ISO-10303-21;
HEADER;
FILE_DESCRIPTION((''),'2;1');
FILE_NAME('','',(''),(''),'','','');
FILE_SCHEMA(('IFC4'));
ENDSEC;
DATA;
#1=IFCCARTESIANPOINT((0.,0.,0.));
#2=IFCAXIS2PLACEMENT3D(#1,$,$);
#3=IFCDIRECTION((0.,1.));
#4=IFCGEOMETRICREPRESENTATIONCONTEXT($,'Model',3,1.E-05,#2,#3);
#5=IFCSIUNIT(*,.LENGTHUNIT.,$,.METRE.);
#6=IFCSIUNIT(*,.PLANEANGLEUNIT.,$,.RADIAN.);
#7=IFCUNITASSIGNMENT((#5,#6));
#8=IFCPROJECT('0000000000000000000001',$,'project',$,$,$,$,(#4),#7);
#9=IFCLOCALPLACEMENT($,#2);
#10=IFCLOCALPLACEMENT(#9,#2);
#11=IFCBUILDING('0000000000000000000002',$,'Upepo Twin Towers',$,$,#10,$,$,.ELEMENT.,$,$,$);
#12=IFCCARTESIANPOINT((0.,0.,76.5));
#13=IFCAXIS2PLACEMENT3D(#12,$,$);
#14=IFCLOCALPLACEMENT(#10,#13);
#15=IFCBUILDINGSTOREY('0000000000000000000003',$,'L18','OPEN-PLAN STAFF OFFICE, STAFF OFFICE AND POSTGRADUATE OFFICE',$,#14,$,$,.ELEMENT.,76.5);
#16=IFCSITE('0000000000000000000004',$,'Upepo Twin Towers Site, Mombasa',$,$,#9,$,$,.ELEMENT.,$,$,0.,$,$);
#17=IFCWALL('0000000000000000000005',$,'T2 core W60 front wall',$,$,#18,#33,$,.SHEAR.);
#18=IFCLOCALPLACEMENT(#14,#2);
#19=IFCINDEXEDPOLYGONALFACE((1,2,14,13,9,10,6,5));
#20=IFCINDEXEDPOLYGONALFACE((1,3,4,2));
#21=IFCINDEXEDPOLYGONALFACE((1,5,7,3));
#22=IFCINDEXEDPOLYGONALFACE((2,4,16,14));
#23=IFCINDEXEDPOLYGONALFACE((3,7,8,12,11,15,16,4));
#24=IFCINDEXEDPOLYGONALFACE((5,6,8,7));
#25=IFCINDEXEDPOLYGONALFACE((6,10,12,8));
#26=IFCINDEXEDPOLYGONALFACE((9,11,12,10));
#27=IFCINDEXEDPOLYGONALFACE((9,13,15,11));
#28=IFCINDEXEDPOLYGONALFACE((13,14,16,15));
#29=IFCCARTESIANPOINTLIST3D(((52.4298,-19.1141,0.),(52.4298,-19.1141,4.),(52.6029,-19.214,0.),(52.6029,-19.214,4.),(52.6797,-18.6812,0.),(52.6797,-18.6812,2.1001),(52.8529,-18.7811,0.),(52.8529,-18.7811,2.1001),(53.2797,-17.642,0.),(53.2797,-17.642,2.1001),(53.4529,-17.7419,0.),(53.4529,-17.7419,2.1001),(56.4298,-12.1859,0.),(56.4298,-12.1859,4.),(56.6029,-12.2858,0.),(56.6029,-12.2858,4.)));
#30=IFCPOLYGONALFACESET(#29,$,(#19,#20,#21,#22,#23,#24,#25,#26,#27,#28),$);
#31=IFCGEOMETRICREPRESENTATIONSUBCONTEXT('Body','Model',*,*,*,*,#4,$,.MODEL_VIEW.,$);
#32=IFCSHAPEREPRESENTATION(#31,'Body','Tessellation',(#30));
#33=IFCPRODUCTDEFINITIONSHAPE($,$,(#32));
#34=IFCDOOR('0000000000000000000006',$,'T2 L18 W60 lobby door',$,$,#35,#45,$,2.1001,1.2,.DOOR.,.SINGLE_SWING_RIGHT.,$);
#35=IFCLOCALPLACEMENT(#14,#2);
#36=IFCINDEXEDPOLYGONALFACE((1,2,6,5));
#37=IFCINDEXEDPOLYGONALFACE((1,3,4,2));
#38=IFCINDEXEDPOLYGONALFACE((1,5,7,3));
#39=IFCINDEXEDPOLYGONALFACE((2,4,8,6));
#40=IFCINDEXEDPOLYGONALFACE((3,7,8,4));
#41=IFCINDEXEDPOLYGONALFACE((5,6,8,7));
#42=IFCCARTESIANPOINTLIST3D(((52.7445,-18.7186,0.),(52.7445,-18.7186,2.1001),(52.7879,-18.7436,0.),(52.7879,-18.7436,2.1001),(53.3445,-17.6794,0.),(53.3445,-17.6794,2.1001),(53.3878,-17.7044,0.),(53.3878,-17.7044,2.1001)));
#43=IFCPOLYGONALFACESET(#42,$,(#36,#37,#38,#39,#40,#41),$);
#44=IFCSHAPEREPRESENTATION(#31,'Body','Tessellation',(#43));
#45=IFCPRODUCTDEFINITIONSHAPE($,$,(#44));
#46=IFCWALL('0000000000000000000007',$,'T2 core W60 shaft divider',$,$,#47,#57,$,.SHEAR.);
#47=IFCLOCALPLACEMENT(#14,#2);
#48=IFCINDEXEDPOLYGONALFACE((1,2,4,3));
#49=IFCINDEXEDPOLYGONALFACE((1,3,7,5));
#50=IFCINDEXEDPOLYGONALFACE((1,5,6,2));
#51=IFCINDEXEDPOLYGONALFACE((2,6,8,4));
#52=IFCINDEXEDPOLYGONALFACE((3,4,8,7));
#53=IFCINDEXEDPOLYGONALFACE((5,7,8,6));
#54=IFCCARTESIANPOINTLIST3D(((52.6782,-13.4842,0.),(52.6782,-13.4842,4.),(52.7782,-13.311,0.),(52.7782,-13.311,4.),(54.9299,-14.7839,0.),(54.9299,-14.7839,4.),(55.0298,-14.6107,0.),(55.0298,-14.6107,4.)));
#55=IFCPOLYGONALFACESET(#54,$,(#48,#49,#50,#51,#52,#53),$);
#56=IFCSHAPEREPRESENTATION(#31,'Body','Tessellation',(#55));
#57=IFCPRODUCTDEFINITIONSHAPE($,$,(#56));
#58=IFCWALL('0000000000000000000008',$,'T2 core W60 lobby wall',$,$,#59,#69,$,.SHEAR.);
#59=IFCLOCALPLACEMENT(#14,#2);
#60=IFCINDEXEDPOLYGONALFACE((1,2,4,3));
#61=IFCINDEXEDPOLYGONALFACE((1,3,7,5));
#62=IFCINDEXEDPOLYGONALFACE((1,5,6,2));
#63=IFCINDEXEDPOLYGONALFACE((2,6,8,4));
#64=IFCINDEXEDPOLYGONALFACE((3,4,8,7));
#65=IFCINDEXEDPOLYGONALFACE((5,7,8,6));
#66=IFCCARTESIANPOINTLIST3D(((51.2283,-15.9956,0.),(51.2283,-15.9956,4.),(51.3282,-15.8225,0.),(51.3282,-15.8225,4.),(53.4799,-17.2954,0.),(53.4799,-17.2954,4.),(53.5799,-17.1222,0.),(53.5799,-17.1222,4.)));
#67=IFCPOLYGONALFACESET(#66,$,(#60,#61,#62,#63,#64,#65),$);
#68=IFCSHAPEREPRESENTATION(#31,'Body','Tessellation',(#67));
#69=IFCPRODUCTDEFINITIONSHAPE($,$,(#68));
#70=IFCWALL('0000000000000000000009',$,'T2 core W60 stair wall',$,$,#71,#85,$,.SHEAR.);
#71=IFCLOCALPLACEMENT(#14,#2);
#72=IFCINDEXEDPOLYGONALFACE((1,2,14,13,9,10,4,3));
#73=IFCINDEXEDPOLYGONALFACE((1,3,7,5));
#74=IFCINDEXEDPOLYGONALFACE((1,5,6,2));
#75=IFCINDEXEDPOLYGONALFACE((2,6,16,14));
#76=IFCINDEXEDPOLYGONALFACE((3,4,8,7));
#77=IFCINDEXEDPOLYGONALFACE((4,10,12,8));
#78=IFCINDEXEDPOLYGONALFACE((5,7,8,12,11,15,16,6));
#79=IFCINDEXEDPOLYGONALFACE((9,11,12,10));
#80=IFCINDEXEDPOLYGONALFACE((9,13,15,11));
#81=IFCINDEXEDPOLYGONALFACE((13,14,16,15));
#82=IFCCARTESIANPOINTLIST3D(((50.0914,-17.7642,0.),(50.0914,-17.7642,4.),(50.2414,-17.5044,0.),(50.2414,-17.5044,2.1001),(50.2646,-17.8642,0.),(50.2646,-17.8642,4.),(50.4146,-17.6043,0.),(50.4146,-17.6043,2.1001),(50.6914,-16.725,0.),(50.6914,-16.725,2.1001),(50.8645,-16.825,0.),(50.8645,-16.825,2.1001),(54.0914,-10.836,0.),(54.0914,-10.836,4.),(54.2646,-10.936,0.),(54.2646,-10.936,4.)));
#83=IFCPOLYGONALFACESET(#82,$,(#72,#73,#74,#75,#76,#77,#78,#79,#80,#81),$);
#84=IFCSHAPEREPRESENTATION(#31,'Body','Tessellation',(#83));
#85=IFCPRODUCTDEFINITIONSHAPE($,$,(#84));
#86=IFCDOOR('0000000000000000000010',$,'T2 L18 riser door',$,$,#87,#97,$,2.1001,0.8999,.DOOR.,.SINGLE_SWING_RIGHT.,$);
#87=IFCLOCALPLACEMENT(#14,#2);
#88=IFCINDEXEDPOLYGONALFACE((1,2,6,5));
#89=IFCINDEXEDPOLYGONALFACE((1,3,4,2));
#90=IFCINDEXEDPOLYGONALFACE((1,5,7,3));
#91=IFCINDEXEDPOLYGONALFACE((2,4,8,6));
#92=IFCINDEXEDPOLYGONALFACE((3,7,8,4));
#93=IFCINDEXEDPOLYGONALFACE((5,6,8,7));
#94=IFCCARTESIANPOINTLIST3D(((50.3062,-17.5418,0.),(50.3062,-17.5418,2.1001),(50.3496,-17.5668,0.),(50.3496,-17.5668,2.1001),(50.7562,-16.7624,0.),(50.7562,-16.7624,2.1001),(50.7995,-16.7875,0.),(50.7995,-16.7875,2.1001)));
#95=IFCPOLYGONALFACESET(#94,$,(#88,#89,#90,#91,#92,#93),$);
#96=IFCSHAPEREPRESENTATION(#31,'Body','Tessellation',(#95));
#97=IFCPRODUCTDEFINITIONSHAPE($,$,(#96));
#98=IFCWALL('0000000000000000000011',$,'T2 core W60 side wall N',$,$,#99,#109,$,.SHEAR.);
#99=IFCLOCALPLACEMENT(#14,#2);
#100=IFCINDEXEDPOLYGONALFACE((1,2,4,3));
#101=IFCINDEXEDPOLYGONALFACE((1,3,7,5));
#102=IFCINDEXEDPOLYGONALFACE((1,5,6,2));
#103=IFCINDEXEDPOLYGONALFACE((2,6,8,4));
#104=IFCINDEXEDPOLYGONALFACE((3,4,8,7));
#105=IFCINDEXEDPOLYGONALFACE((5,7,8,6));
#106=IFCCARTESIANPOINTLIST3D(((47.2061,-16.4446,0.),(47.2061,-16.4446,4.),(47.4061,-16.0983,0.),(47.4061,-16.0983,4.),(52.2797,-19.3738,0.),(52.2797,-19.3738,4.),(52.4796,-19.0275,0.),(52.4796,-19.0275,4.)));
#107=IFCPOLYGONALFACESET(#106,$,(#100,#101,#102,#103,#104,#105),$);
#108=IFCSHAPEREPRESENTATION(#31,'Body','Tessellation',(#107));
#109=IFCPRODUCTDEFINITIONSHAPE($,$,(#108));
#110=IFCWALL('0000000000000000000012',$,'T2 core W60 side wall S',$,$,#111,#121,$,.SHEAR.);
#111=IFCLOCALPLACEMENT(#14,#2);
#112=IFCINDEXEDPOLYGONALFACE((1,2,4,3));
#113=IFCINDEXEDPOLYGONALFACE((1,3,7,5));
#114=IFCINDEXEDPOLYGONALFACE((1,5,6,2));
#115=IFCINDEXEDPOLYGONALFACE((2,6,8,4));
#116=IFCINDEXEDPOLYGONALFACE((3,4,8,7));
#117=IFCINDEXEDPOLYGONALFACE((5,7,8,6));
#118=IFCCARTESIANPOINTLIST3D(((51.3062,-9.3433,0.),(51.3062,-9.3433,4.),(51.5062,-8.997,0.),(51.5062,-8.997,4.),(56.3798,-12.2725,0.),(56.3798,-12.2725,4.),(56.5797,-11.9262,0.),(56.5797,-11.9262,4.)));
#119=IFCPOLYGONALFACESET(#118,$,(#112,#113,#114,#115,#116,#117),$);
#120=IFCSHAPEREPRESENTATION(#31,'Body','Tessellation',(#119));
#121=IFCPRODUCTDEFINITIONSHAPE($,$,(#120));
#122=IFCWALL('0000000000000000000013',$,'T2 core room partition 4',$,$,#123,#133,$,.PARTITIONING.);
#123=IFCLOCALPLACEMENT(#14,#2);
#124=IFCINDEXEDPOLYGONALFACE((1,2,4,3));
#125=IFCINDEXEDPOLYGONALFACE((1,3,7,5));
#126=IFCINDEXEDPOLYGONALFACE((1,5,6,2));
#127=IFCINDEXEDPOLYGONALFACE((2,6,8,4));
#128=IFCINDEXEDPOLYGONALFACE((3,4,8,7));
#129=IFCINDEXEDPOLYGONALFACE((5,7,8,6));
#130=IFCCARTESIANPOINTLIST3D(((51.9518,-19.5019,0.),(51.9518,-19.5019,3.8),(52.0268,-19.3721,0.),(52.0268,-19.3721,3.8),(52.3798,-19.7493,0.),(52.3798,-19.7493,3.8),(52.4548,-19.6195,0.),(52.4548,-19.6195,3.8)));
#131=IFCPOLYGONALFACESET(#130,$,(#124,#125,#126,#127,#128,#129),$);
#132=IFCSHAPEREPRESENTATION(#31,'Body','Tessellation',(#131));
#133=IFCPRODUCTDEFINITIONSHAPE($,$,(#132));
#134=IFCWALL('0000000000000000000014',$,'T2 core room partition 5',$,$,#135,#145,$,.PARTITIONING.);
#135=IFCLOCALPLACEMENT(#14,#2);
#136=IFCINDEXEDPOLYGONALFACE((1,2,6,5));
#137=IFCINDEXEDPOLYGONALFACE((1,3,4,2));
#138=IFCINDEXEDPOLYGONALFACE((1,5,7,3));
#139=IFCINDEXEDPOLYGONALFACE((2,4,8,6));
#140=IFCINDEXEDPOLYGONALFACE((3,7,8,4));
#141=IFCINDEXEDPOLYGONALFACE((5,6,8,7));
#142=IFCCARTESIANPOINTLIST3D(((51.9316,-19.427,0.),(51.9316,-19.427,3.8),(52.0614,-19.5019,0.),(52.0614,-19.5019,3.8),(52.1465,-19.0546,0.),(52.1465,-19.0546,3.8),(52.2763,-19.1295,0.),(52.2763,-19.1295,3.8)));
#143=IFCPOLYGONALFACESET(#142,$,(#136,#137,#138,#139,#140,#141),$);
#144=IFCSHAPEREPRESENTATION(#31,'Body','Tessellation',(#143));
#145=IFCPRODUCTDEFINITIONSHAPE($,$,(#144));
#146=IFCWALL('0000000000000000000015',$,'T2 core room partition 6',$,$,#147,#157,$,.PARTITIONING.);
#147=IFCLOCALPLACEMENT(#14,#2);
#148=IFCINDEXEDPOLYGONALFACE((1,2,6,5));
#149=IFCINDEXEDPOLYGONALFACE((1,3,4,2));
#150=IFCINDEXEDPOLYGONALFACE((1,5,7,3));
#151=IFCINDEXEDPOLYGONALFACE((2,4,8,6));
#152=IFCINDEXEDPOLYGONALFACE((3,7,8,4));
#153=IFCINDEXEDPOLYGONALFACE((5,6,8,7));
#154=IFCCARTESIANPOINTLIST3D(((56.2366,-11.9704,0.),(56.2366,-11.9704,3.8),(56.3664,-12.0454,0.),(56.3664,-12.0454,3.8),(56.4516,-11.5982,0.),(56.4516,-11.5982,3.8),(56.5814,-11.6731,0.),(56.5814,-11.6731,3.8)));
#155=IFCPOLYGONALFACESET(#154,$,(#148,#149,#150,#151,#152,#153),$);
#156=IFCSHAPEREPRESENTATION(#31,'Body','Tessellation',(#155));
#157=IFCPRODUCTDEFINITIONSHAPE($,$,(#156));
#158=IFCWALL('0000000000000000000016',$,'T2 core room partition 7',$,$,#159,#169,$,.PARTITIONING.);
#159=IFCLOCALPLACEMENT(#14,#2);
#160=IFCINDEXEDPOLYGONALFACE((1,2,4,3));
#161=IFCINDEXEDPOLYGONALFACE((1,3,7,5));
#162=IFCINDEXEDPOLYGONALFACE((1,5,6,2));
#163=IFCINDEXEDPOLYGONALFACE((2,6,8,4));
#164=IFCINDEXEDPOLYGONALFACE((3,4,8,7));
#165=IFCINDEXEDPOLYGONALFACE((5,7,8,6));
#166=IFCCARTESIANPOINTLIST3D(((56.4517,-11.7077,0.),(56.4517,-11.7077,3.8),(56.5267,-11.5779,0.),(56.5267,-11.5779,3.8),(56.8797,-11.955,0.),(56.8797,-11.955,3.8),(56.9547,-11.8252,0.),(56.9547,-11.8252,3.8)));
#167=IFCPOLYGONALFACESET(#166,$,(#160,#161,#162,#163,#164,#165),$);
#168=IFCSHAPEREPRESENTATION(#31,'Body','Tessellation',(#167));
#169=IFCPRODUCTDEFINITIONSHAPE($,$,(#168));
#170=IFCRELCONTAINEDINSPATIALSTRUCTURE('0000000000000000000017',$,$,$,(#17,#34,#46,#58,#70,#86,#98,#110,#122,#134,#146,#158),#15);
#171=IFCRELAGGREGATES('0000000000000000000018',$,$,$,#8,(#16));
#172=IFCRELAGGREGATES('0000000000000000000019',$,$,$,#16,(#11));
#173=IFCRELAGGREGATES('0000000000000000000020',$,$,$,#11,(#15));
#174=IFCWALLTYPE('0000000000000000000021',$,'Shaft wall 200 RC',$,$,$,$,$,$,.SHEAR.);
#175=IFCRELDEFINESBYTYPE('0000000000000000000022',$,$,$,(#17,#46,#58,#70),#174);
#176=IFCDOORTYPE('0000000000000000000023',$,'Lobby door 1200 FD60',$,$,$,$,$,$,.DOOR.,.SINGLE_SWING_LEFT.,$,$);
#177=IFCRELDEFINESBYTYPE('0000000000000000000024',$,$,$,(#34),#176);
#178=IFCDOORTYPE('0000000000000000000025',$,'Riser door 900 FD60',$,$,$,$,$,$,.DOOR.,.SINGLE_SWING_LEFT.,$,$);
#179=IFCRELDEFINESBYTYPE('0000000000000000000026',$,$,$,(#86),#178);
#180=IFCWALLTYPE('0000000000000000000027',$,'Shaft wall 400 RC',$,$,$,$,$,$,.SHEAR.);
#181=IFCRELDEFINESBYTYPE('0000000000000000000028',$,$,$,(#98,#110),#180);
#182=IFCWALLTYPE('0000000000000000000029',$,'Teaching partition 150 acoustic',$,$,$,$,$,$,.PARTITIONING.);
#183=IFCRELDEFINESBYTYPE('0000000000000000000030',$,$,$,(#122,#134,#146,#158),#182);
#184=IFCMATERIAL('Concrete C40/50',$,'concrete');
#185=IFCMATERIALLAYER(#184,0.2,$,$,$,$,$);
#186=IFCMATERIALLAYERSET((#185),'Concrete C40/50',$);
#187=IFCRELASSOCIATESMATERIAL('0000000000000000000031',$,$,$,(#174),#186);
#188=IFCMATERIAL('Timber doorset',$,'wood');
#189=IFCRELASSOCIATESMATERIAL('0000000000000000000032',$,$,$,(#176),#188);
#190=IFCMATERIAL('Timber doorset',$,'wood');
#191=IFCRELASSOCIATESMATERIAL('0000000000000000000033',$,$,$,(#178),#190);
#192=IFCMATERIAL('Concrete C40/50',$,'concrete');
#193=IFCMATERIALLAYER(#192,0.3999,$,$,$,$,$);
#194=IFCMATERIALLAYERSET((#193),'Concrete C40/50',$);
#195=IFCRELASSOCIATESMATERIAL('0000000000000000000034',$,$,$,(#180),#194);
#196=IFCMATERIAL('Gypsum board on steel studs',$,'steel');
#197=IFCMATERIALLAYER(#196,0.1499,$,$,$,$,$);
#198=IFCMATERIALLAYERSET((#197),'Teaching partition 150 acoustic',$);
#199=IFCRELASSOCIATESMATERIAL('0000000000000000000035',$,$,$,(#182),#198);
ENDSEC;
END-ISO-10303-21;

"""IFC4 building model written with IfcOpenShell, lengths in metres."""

from ifc_helpers import new_model, si_unit, direction, frame, frame_2d, origin, place, context, subcontext, project, spatial, rectangle, extrude, material, layer, layer_set, type_object, element, fill, save


model = new_model("IFC4")

# Units and contexts
model_context = context("Model", 3, precision=1e-05, world=origin(), true_north=direction((0.0, 1.0)))
body_context = subcontext(model_context, "Body", "Model", "MODEL_VIEW")
ifc_project = project(units=[si_unit("LENGTHUNIT", "METRE"), si_unit("PLANEANGLEUNIT", "RADIAN")], contexts=[model_context])

# Site, building, storey
site_placement = place(None, origin())
site = spatial("IfcSite", under=ifc_project, at=site_placement, Name="Upepo Twin Towers Site, Mombasa", CompositionType="ELEMENT", RefElevation=0.0)
building_placement = place(site_placement, origin())
building = spatial("IfcBuilding", under=site, at=building_placement, Name="Upepo Twin Towers", CompositionType="ELEMENT")
storey_placement = place(building_placement, frame((0.0, 0.0, 76.5)))
storey = spatial("IfcBuildingStorey", under=building, at=storey_placement, Name="L18", Description="OPEN-PLAN STAFF OFFICE, STAFF OFFICE AND POSTGRADUATE OFFICE", CompositionType="ELEMENT", Elevation=76.5)

# Wall, opening, door
ifc_material_1 = material(Name="Concrete C40/50", Category="concrete")
ifc_layer_1 = layer(ifc_material_1, 0.2)
ifc_layer_set_1 = layer_set([ifc_layer_1], Name="Concrete C40/50")
wall_type_1 = type_object("IfcWallType", Name="Shaft wall 200 RC", PredefinedType="SHEAR", material=ifc_layer_set_1)
wall_1_placement = place(storey_placement, frame((56.5164, -12.2358, 0.0), z_axis=(0.0, 0.0, 1.0), x_axis=(-0.499999, -0.866026, 0.0)))
wall_1 = element("IfcWall", 1, at=wall_1_placement, inside=storey, type_object=wall_type_1, Name="T2 core W60 front wall", PredefinedType="SHEAR", context=body_context, shape_type="SweptSolid", body=[
    extrude(rectangle(XDim=8.0, YDim=0.2, at=frame_2d((4.0, 0.0))), origin(), (0.0, 0.0, 1.0), 4.0),
])
opening_1_placement = place(wall_1_placement, frame((6.3, 0.0, 0.0)))
opening_1 = element("IfcOpeningElement", 2, at=opening_1_placement, cuts=wall_1, PredefinedType="OPENING", context=body_context, shape_type="SweptSolid", body=[
    extrude(rectangle(XDim=1.2, YDim=2.1001, at=frame_2d((0.6001, 1.05))), frame((0.0, 0.1099, 0.0), z_axis=(0.0, -1.0, 0.0), x_axis=(1.0, 0.0, 0.0)), (0.0, 0.0, 1.0), 0.22),
])
ifc_material_2 = material(Name="Timber doorset", Category="wood")
door_type_1 = type_object("IfcDoorType", Name="Lobby door 1200 FD60", OperationType="SINGLE_SWING_LEFT", PredefinedType="DOOR", material=ifc_material_2)
door_1_placement = place(opening_1_placement, origin())
door_1 = element("IfcDoor", 3, at=door_1_placement, inside=storey, type_object=door_type_1, Name="T2 L18 W60 lobby door", OperationType="SINGLE_SWING_RIGHT", OverallHeight=2.1001, OverallWidth=1.2, PredefinedType="DOOR", context=body_context, shape_type="SweptSolid", body=[
    extrude(rectangle(XDim=1.2, YDim=2.1001, at=frame_2d((0.6001, 1.05))), frame((0.0, 0.0249, 0.0), z_axis=(0.0, -1.0, 0.0), x_axis=(1.0, 0.0, 0.0)), (0.0, 0.0, 1.0), 0.05),
])
fill(opening_1, door_1)

# Walls
for number, where, z_axis, x_axis, name in (
    (4, (54.9797, -14.6973, 0.0), (0.0, 0.0, 1.0), (-0.866062, 0.499937, 0.0), "T2 core W60 shaft divider"),
    (5, (53.5298, -17.2087, 0.0), (0.0, 0.0, 1.0), (-0.866062, 0.499937, 0.0), "T2 core W60 lobby wall"),
):
    element("IfcWall", number, at=place(storey_placement, frame(where, z_axis=z_axis, x_axis=x_axis)), inside=storey, type_object=wall_type_1, Name=name, PredefinedType="SHEAR", context=body_context, shape_type="SweptSolid", body=[
        extrude(rectangle(XDim=2.5999, YDim=0.2, at=frame_2d((1.2998, 0.0))), origin(), (0.0, 0.0, 1.0), 4.0),
    ])

# Wall, opening, door
wall_2_placement = place(storey_placement, frame((54.178, -10.886, 0.0), z_axis=(0.0, 0.0, 1.0), x_axis=(-0.499999, -0.866026, 0.0)))
wall_2 = element("IfcWall", 6, at=wall_2_placement, inside=storey, type_object=wall_type_1, Name="T2 core W60 stair wall", PredefinedType="SHEAR", context=body_context, shape_type="SweptSolid", body=[
    extrude(rectangle(XDim=8.0, YDim=0.2, at=frame_2d((4.0, 0.0))), origin(), (0.0, 0.0, 1.0), 4.0),
])
opening_2_placement = place(wall_2_placement, frame((6.8, 0.0, 0.0)))
opening_2 = element("IfcOpeningElement", 7, at=opening_2_placement, cuts=wall_2, PredefinedType="OPENING", context=body_context, shape_type="SweptSolid", body=[
    extrude(rectangle(XDim=0.8999, YDim=2.1001, at=frame_2d((0.45, 1.05))), frame((0.0, 0.1099, 0.0), z_axis=(0.0, -1.0, 0.0), x_axis=(1.0, 0.0, 0.0)), (0.0, 0.0, 1.0), 0.22),
])
ifc_material_3 = material(Name="Timber doorset", Category="wood")
door_type_2 = type_object("IfcDoorType", Name="Riser door 900 FD60", OperationType="SINGLE_SWING_LEFT", PredefinedType="DOOR", material=ifc_material_3)
door_2_placement = place(opening_2_placement, origin())
door_2 = element("IfcDoor", 8, at=door_2_placement, inside=storey, type_object=door_type_2, Name="T2 L18 riser door", OperationType="SINGLE_SWING_RIGHT", OverallHeight=2.1001, OverallWidth=0.8999, PredefinedType="DOOR", context=body_context, shape_type="SweptSolid", body=[
    extrude(rectangle(XDim=0.8999, YDim=2.1001, at=frame_2d((0.45, 1.05))), frame((0.0, 0.0249, 0.0), z_axis=(0.0, -1.0, 0.0), x_axis=(1.0, 0.0, 0.0)), (0.0, 0.0, 1.0), 0.05),
])
fill(opening_2, door_2)

# Walls
ifc_material_4 = material(Name="Concrete C40/50", Category="concrete")
ifc_layer_2 = layer(ifc_material_4, 0.3999)
ifc_layer_set_2 = layer_set([ifc_layer_2], Name="Concrete C40/50")
wall_type_2 = type_object("IfcWallType", Name="Shaft wall 400 RC", PredefinedType="SHEAR", material=ifc_layer_set_2)
for number, where, z_axis, x_axis, name in (
    (9, (52.3796, -19.2007, 0.0), (0.0, 0.0, 1.0), (-0.866024, 0.500003, 0.0), "T2 core W60 side wall N"),
    (10, (56.4797, -12.0994, 0.0), (0.0, 0.0, 1.0), (-0.866024, 0.500003, 0.0), "T2 core W60 side wall S"),
):
    element("IfcWall", number, at=place(storey_placement, frame(where, z_axis=z_axis, x_axis=x_axis)), inside=storey, type_object=wall_type_2, Name=name, PredefinedType="SHEAR", context=body_context, shape_type="SweptSolid", body=[
        extrude(rectangle(XDim=5.8584, YDim=0.3999, at=frame_2d((2.9292, 0.0))), origin(), (0.0, 0.0, 1.0), 4.0),
    ])
ifc_material_5 = material(Name="Gypsum board on steel studs", Category="steel")
ifc_layer_3 = layer(ifc_material_5, 0.1499)
ifc_layer_set_3 = layer_set([ifc_layer_3], Name="Teaching partition 150 acoustic")
wall_type_3 = type_object("IfcWallType", Name="Teaching partition 150 acoustic", PredefinedType="PARTITIONING", material=ifc_layer_set_3)
wall_3_placement = place(storey_placement, frame((52.4172, -19.6843, 0.0), z_axis=(0.0, 0.0, 1.0), x_axis=(-0.865832, 0.500335, 0.0)))
element("IfcWall", 11, at=wall_3_placement, inside=storey, type_object=wall_type_3, Name="T2 core room partition 4", PredefinedType="PARTITIONING", context=body_context, shape_type="SweptSolid", body=[
    extrude(rectangle(XDim=0.4944, YDim=0.1499, at=frame_2d((0.2471, 0.0))), origin(), (0.0, 0.0, 1.0), 3.8),
])
for number, where, z_axis, x_axis, name in (
    (12, (51.9966, -19.4644, 0.0), (0.0, 0.0, 1.0), (0.499804, 0.866138, 0.0), "T2 core room partition 5"),
    (13, (56.3015, -12.0078, 0.0), (0.0, 0.0, 1.0), (0.50023, 0.865892, 0.0), "T2 core room partition 6"),
):
    element("IfcWall", number, at=place(storey_placement, frame(where, z_axis=z_axis, x_axis=x_axis)), inside=storey, type_object=wall_type_3, Name=name, PredefinedType="PARTITIONING", context=body_context, shape_type="SweptSolid", body=[
        extrude(rectangle(XDim=0.4299, YDim=0.1499, at=frame_2d((0.2148, 0.0))), origin(), (0.0, 0.0, 1.0), 3.8),
    ])
wall_4_placement = place(storey_placement, frame((56.4893, -11.6428, 0.0), z_axis=(0.0, 0.0, 1.0), x_axis=(0.865832, -0.500335, 0.0)))
element("IfcWall", 14, at=wall_4_placement, inside=storey, type_object=wall_type_3, Name="T2 core room partition 7", PredefinedType="PARTITIONING", context=body_context, shape_type="SweptSolid", body=[
    extrude(rectangle(XDim=0.4944, YDim=0.1499, at=frame_2d((0.2471, 0.0))), origin(), (0.0, 0.0, 1.0), 3.8),
])

save(model, "model.ifc")
